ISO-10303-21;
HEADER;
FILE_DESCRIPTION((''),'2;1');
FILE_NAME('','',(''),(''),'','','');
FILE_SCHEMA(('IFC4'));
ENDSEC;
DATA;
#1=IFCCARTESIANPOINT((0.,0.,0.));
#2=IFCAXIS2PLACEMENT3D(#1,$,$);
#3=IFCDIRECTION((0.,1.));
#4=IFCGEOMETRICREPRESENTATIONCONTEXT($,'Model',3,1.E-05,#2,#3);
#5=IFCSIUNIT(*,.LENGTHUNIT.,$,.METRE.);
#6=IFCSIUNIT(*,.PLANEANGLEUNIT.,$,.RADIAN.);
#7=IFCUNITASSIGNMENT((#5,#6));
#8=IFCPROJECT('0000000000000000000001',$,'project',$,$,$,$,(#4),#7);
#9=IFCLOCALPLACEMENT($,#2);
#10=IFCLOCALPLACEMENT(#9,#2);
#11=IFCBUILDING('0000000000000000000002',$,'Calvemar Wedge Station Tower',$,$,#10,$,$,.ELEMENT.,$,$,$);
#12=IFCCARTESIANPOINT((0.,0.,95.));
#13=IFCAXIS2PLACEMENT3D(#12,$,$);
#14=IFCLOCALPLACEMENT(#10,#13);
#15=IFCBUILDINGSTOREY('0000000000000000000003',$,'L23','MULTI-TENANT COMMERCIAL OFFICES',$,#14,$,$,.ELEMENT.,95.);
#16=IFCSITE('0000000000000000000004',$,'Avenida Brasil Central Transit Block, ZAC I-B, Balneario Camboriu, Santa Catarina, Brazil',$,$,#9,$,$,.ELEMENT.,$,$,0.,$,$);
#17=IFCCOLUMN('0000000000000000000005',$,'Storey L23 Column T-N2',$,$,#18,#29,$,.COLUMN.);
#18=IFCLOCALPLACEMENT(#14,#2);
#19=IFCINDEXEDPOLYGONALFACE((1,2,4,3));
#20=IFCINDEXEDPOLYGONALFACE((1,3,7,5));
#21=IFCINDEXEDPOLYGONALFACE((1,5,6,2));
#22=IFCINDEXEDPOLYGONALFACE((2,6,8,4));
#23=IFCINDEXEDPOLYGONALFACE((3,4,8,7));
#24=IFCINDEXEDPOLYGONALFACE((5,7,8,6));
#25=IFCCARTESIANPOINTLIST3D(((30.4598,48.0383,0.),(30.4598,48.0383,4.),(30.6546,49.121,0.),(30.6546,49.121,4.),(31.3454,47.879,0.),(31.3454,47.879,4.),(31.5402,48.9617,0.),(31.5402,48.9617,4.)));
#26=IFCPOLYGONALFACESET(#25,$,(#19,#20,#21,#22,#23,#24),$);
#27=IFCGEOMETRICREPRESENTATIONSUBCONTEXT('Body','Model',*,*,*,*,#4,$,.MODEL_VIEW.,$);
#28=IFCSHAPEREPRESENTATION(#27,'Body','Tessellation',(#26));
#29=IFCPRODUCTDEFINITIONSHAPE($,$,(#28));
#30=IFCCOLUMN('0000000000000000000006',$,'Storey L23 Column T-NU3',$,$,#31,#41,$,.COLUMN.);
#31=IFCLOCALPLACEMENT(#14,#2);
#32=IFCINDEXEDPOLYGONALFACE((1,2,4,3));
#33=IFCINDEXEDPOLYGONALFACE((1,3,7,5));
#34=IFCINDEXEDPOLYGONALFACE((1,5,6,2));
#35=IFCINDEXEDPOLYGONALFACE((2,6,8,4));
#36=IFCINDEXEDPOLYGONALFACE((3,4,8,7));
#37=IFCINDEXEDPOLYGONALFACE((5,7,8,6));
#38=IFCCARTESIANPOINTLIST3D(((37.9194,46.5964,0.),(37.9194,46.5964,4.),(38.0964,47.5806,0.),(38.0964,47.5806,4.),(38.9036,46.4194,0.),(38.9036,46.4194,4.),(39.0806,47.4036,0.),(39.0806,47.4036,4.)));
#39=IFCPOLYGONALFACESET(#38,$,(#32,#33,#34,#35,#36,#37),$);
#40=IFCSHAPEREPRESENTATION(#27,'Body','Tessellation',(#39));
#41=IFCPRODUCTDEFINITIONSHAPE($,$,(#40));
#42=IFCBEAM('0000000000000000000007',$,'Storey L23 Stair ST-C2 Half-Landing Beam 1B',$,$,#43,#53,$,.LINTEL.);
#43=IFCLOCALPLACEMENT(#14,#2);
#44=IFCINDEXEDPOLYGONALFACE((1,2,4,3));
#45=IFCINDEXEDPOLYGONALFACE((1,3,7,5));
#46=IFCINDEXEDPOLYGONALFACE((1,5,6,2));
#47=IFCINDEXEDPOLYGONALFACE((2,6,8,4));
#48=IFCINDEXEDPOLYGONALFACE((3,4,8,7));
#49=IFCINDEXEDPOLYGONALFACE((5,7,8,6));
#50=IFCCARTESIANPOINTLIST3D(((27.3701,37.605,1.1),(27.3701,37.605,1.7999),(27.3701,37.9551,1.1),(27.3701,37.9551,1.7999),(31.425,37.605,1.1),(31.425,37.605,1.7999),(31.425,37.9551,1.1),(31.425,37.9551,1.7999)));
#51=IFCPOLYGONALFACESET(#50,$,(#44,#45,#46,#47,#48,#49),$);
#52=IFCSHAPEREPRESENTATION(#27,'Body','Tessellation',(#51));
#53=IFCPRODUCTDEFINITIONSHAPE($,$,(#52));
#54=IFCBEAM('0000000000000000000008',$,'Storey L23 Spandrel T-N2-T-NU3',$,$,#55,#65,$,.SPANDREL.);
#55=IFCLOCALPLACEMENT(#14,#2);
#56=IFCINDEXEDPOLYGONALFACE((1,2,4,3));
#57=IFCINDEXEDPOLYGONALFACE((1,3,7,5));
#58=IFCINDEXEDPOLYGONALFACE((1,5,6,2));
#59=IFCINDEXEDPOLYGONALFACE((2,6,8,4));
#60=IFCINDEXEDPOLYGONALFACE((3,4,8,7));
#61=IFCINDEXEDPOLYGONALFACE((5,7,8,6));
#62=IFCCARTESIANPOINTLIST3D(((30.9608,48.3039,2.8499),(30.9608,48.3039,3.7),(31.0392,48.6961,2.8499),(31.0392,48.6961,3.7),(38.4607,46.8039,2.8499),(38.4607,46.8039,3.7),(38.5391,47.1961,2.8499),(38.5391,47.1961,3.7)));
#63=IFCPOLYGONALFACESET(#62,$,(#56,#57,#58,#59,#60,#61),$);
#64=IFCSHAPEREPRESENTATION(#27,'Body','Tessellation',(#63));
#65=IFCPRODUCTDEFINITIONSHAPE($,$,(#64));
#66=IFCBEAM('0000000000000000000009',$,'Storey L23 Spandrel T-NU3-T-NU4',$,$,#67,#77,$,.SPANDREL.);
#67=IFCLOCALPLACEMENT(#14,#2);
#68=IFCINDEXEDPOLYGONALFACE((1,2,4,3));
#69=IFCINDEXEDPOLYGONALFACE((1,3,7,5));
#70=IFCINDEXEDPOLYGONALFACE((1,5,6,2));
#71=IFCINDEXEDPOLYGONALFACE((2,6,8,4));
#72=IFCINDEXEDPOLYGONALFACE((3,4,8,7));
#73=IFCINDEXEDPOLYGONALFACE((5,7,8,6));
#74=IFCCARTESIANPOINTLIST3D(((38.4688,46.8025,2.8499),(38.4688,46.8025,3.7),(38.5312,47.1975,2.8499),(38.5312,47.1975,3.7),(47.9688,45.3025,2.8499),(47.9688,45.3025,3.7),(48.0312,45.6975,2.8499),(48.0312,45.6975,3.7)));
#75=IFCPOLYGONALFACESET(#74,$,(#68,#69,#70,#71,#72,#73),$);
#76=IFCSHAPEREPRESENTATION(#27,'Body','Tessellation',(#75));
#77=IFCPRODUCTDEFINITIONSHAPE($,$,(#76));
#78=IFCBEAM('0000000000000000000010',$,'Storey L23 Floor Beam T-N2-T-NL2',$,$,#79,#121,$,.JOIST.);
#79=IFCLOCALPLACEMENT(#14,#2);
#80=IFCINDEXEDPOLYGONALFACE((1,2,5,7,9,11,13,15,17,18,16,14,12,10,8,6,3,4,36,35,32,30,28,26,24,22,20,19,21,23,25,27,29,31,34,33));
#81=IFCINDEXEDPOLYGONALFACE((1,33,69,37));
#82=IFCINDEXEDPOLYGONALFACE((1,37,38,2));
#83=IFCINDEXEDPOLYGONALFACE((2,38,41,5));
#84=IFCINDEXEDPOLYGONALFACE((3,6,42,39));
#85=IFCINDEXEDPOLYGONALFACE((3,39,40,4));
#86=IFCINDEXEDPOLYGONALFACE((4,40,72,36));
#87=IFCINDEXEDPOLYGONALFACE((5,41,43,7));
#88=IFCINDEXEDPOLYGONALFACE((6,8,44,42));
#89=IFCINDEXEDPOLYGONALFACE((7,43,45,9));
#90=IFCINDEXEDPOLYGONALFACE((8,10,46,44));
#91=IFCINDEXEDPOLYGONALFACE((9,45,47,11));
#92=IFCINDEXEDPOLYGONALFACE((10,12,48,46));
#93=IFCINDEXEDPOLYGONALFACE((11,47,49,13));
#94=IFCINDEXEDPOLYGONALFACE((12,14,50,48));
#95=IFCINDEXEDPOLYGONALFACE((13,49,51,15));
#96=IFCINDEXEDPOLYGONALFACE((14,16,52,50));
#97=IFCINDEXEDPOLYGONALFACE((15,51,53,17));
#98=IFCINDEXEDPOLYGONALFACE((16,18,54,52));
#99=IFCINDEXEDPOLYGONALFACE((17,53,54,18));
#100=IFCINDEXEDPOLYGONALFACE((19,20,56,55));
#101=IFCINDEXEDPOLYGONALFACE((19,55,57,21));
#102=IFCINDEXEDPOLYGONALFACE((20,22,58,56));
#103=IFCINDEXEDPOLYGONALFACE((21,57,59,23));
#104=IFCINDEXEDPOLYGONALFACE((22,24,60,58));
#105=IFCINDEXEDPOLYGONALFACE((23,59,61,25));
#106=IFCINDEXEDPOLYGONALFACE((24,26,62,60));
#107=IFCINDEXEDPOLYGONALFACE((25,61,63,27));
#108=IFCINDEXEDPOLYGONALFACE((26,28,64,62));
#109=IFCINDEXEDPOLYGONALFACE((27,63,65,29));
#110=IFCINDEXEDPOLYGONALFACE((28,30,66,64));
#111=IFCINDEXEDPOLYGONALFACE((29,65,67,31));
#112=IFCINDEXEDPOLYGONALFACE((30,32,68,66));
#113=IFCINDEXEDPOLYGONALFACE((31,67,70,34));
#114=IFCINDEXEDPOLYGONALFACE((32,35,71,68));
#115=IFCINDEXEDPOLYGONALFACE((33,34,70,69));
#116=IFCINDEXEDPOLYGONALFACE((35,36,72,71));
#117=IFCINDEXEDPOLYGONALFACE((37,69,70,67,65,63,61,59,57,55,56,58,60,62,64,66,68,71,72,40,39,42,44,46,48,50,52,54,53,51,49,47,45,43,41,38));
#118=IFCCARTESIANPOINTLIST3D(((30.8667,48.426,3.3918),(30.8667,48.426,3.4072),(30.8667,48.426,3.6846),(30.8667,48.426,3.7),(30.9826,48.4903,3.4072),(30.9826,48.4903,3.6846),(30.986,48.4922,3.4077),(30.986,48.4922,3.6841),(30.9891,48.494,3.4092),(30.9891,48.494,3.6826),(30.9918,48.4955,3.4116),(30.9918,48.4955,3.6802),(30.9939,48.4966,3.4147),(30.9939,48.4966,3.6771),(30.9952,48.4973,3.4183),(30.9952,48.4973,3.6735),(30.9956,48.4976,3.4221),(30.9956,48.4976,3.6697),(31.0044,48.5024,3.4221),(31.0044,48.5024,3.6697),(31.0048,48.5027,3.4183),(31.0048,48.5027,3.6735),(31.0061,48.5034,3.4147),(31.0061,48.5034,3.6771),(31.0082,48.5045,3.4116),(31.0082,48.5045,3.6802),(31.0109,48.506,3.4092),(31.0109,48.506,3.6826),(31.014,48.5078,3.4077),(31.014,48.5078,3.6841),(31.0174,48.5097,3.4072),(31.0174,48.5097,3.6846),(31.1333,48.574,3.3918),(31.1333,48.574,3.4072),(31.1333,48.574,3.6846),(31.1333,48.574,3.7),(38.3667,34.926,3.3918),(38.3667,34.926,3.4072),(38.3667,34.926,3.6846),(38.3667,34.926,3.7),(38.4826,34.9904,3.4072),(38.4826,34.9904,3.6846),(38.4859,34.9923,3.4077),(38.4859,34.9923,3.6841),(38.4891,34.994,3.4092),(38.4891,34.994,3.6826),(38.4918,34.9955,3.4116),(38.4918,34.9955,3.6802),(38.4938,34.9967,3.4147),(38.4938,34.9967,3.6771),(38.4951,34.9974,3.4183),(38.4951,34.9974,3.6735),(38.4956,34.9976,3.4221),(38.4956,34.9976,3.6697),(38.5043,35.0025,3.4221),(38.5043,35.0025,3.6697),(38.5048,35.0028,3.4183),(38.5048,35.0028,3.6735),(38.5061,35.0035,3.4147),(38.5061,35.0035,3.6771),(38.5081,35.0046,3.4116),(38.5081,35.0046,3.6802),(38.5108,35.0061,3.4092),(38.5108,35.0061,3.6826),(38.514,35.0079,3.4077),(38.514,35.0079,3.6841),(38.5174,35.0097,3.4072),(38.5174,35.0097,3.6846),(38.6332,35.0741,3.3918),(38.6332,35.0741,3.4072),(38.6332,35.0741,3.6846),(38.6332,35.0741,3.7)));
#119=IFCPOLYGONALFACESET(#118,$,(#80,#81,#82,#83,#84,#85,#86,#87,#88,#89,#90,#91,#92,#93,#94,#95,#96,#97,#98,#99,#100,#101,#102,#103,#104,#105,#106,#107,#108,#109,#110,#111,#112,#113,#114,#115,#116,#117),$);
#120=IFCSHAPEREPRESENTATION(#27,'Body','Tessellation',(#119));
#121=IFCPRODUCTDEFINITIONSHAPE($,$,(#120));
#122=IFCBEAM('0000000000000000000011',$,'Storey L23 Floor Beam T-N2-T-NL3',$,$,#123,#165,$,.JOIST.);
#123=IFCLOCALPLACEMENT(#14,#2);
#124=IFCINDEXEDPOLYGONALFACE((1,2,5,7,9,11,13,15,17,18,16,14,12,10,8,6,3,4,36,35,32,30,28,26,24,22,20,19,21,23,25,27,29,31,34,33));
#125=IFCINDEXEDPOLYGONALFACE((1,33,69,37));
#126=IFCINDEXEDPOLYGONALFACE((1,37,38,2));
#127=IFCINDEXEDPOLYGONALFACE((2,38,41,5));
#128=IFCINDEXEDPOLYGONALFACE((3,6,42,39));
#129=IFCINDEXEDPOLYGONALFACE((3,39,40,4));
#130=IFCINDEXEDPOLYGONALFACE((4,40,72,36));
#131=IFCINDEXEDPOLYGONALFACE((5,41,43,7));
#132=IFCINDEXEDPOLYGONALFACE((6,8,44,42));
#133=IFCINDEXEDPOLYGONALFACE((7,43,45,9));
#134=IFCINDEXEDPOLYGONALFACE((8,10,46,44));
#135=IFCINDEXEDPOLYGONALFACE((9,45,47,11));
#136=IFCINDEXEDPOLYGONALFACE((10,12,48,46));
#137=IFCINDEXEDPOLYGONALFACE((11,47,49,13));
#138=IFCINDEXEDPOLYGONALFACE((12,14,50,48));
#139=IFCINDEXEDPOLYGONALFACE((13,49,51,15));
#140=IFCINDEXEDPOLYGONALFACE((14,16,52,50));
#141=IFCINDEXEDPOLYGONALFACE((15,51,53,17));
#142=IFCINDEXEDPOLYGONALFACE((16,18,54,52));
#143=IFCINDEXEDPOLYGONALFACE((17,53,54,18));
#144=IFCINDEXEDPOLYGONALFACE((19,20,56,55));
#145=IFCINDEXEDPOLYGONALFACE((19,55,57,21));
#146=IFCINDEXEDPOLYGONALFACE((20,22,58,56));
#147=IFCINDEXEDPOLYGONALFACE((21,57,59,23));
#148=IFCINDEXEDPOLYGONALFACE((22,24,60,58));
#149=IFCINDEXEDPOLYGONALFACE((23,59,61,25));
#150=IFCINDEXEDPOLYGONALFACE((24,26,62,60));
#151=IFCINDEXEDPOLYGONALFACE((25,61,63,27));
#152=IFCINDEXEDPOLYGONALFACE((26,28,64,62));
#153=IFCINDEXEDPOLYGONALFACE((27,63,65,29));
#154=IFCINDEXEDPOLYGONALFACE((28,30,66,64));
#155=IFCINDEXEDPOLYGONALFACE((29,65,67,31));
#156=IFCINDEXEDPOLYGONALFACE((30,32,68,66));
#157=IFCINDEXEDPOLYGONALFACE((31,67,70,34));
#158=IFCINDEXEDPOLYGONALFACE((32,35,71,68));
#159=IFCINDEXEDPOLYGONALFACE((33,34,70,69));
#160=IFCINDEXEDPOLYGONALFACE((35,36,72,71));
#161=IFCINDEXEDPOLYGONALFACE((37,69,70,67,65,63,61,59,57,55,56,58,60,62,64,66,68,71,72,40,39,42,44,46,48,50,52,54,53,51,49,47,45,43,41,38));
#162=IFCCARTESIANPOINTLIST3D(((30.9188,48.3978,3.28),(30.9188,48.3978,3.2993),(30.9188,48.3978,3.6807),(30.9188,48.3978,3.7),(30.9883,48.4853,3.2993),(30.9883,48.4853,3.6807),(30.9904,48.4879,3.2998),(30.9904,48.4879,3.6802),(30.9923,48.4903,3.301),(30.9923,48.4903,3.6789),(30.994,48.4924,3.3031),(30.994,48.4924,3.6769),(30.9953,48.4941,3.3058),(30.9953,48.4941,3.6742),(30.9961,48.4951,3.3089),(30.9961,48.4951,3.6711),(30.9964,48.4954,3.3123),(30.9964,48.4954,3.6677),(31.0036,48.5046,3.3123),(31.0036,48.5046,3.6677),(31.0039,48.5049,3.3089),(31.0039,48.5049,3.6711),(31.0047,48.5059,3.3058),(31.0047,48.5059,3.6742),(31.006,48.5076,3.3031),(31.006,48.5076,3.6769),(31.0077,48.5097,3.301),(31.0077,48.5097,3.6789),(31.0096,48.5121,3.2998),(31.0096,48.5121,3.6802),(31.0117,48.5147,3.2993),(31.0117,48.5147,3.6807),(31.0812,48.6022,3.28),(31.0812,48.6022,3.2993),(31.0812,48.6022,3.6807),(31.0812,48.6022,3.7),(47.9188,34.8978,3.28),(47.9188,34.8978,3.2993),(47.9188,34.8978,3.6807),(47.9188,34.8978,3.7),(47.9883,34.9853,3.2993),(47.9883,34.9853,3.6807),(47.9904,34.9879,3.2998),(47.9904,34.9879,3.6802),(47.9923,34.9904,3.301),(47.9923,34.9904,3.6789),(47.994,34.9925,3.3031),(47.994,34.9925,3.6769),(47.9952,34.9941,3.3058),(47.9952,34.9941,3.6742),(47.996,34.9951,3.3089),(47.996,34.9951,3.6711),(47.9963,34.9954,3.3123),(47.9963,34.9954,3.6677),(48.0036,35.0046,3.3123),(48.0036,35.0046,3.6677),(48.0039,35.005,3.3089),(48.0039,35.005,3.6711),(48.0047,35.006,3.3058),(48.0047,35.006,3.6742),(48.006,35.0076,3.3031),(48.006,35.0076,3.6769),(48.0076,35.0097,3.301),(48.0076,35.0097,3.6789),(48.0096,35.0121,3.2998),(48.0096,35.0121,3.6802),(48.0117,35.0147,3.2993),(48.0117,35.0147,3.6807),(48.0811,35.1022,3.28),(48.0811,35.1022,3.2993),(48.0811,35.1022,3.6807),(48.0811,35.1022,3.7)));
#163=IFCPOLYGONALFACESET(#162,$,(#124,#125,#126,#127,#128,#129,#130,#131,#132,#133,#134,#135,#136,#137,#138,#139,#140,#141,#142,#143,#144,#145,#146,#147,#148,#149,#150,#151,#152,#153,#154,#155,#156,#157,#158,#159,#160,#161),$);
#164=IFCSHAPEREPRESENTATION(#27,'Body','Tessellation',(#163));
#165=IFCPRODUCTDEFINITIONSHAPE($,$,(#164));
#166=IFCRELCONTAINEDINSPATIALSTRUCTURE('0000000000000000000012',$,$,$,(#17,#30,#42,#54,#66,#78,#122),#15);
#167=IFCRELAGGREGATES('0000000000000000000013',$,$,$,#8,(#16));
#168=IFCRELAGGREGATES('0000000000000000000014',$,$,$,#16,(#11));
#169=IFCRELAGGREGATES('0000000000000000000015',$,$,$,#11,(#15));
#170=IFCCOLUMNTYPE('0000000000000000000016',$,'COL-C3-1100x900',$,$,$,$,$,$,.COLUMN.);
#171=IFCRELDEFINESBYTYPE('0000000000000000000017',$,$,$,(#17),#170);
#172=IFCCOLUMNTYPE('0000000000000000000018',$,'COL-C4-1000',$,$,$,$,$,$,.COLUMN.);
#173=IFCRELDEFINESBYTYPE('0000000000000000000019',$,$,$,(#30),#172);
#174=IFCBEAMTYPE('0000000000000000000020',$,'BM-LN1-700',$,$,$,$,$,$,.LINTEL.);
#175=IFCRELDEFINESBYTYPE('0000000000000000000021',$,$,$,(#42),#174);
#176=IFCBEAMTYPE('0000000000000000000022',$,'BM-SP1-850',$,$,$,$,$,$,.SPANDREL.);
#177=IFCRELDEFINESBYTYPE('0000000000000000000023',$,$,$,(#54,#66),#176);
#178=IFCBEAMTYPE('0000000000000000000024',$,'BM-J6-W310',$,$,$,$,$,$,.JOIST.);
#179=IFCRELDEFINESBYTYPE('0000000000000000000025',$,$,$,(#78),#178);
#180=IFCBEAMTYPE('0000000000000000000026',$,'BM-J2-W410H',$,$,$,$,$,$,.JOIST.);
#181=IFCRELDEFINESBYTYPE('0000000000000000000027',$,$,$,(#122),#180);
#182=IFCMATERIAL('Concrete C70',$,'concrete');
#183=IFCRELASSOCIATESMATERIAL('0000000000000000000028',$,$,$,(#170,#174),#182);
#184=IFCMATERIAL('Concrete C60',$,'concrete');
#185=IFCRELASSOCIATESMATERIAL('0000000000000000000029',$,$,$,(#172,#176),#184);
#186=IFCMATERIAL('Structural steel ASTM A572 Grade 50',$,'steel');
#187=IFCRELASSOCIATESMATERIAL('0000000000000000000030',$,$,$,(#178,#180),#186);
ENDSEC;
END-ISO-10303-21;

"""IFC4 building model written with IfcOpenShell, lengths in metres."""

from ifc_helpers import new_model, si_unit, direction, frame, origin, origin_2d, place, context, subcontext, project, spatial, rectangle, i_section, extrude, source, transform, mapped, material, material_profile, profile_set, type_object, element, save


model = new_model("IFC4")

# Units and contexts
model_context = context("Model", 3, precision=1e-05, world=origin(), true_north=direction((0.0, 1.0)))
body_context = subcontext(model_context, "Body", "Model", "MODEL_VIEW")
ifc_project = project(units=[si_unit("LENGTHUNIT", "METRE"), si_unit("PLANEANGLEUNIT", "RADIAN")], contexts=[model_context])

# Site, building, storey
site_placement = place(None, origin())
site = spatial("IfcSite", under=ifc_project, at=site_placement, Name="Avenida Brasil Central Transit Block, ZAC I-B, Balneario Camboriu, Santa Catarina, Brazil", CompositionType="ELEMENT", RefElevation=0.0)
building_placement = place(site_placement, origin())
building = spatial("IfcBuilding", under=site, at=building_placement, Name="Calvemar Wedge Station Tower", CompositionType="ELEMENT")
storey_placement = place(building_placement, frame((0.0, 0.0, 95.0)))
storey = spatial("IfcBuildingStorey", under=building, at=storey_placement, Name="L23", Description="MULTI-TENANT COMMERCIAL OFFICES", CompositionType="ELEMENT", Elevation=95.0)

# Columns
ifc_material_1 = material(Name="Concrete C70", Category="concrete")
ifc_material_profile_1 = material_profile(ifc_material_1, rectangle(XDim=0.8999, YDim=1.1001, at=origin_2d()), Name="RC1100x900")
ifc_profile_set_1 = profile_set([ifc_material_profile_1], Name="Concrete C70")
column_type_1 = type_object("IfcColumnType", Name="COL-C3-1100x900", PredefinedType="COLUMN", material=ifc_profile_set_1)
shared_shape_1 = source(origin(), body_context, "Body", "SweptSolid", [
    extrude(rectangle(XDim=0.8999, YDim=1.1001, at=origin_2d()), origin(), (0.0, 0.0, 1.0), 4.0),
])
column_1_placement = place(storey_placement, frame((31.0, 48.5, 0.0), z_axis=(0.0, 0.0, 1.0), x_axis=(0.984196, -0.177085, 0.0)))
element("IfcColumn", 1, at=column_1_placement, inside=storey, type_object=column_type_1, Name="Storey L23 Column T-N2", PredefinedType="COLUMN", context=body_context, shape_type="MappedRepresentation", body=[
    mapped(shared_shape_1, transform((0.0, 0.0, 0.0), scale=1.0)),
])
ifc_material_2 = material(Name="Concrete C60", Category="concrete")
ifc_material_profile_2 = material_profile(ifc_material_2, rectangle(XDim=1.0, YDim=1.0, at=origin_2d()), Name="RC1000x1000")
ifc_profile_set_2 = profile_set([ifc_material_profile_2], Name="Concrete C60")
column_type_2 = type_object("IfcColumnType", Name="COL-C4-1000", PredefinedType="COLUMN", material=ifc_profile_set_2)
shared_shape_2 = source(origin(), body_context, "Body", "SweptSolid", [
    extrude(rectangle(XDim=1.0, YDim=1.0, at=origin_2d()), origin(), (0.0, 0.0, 1.0), 4.0),
])
column_2_placement = place(storey_placement, frame((38.5, 47.0, 0.0), z_axis=(0.0, 0.0, 1.0), x_axis=(0.984196, -0.177085, 0.0)))
element("IfcColumn", 2, at=column_2_placement, inside=storey, type_object=column_type_2, Name="Storey L23 Column T-NU3", PredefinedType="COLUMN", context=body_context, shape_type="MappedRepresentation", body=[
    mapped(shared_shape_2, transform((0.0, 0.0, 0.0), scale=1.0)),
])

# Beams
ifc_material_profile_3 = material_profile(ifc_material_1, rectangle(XDim=0.3501, YDim=0.7, at=origin_2d()), Name="RC350x700")
ifc_profile_set_3 = profile_set([ifc_material_profile_3], Name="Concrete C70")
beam_type_1 = type_object("IfcBeamType", Name="BM-LN1-700", PredefinedType="LINTEL", material=ifc_profile_set_3)
shared_shape_3 = source(origin(), body_context, "Body", "SweptSolid", [
    extrude(rectangle(XDim=0.3501, YDim=0.7, at=origin_2d()), origin(), (0.0, 0.0, 1.0), 4.0549),
])
beam_1_placement = place(storey_placement, frame((27.3701, 37.78, 1.45), z_axis=(1.0, 0.0, 0.0), x_axis=(0.0, 1.0, 0.0)))
element("IfcBeam", 3, at=beam_1_placement, inside=storey, type_object=beam_type_1, Name="Storey L23 Stair ST-C2 Half-Landing Beam 1B", PredefinedType="LINTEL", context=body_context, shape_type="MappedRepresentation", body=[
    mapped(shared_shape_3, transform((0.0, 0.0, 0.0), scale=1.0)),
])
ifc_material_profile_4 = material_profile(ifc_material_2, rectangle(XDim=0.3999, YDim=0.8501, at=origin_2d()), Name="RC400x850")
ifc_profile_set_4 = profile_set([ifc_material_profile_4], Name="Concrete C60")
beam_type_2 = type_object("IfcBeamType", Name="BM-SP1-850", PredefinedType="SPANDREL", material=ifc_profile_set_4)
shared_shape_4 = source(origin(), body_context, "Body", "SweptSolid", [
    extrude(rectangle(XDim=0.3999, YDim=0.8501, at=origin_2d()), origin(), (0.0, 0.0, 1.0), 7.6484),
])
beam_2_placement = place(storey_placement, frame((31.0, 48.5, 3.2749), z_axis=(0.980581, -0.196116, 0.0), x_axis=(0.196116, 0.980581, 0.0)))
element("IfcBeam", 4, at=beam_2_placement, inside=storey, type_object=beam_type_2, Name="Storey L23 Spandrel T-N2-T-NU3", PredefinedType="SPANDREL", context=body_context, shape_type="MappedRepresentation", body=[
    mapped(shared_shape_4, transform((0.0, 0.0, 0.0), scale=1.0)),
])
shared_shape_5 = source(origin(), body_context, "Body", "SweptSolid", [
    extrude(rectangle(XDim=0.3999, YDim=0.8501, at=origin_2d()), origin(), (0.0, 0.0, 1.0), 9.6177),
])
beam_3_placement = place(storey_placement, frame((38.5, 47.0, 3.2749), z_axis=(0.987763, -0.155963, 0.0), x_axis=(0.155963, 0.987763, 0.0)))
element("IfcBeam", 5, at=beam_3_placement, inside=storey, type_object=beam_type_2, Name="Storey L23 Spandrel T-NU3-T-NU4", PredefinedType="SPANDREL", context=body_context, shape_type="MappedRepresentation", body=[
    mapped(shared_shape_5, transform((0.0, 0.0, 0.0), scale=1.0)),
])
ifc_material_3 = material(Name="Structural steel ASTM A572 Grade 50", Category="steel")
ifc_material_profile_5 = material_profile(ifc_material_3, i_section(OverallWidth=0.3049, OverallDepth=0.3081, WebThickness=0.01, FlangeThickness=0.0154, FilletRadius=0.0149, at=origin_2d()), Name="W310x97")
ifc_profile_set_5 = profile_set([ifc_material_profile_5], Name="Structural steel ASTM A572 Grade 50")
beam_type_3 = type_object("IfcBeamType", Name="BM-J6-W310", PredefinedType="JOIST", material=ifc_profile_set_5)
shared_shape_6 = source(origin(), body_context, "Body", "SweptSolid", [
    extrude(i_section(OverallWidth=0.3049, OverallDepth=0.3081, WebThickness=0.01, FlangeThickness=0.0154, FilletRadius=0.0149, at=origin_2d()), origin(), (0.0, 0.0, 1.0), 15.4434),
])
beam_4_placement = place(storey_placement, frame((31.0, 48.5, 3.5459), z_axis=(0.485643, -0.874157, 0.0), x_axis=(0.874157, 0.485643, 0.0)))
element("IfcBeam", 6, at=beam_4_placement, inside=storey, type_object=beam_type_3, Name="Storey L23 Floor Beam T-N2-T-NL2", PredefinedType="JOIST", context=body_context, shape_type="MappedRepresentation", body=[
    mapped(shared_shape_6, transform((0.0, 0.0, 0.0), scale=1.0)),
])
ifc_material_profile_6 = material_profile(ifc_material_3, i_section(OverallWidth=0.261, OverallDepth=0.4199, WebThickness=0.0117, FlangeThickness=0.0193, FilletRadius=0.0129, at=origin_2d()), Name="W410x114")
ifc_profile_set_6 = profile_set([ifc_material_profile_6], Name="Structural steel ASTM A572 Grade 50")
beam_type_4 = type_object("IfcBeamType", Name="BM-J2-W410H", PredefinedType="JOIST", material=ifc_profile_set_6)
shared_shape_7 = source(origin(), body_context, "Body", "SweptSolid", [
    extrude(i_section(OverallWidth=0.261, OverallDepth=0.4199, WebThickness=0.0117, FlangeThickness=0.0193, FilletRadius=0.0129, at=origin_2d()), origin(), (0.0, 0.0, 1.0), 21.7083),
])
beam_5_placement = place(storey_placement, frame((31.0, 48.5, 3.49), z_axis=(0.783111, -0.621882, 0.0), x_axis=(0.621882, 0.783111, 0.0)))
element("IfcBeam", 7, at=beam_5_placement, inside=storey, type_object=beam_type_4, Name="Storey L23 Floor Beam T-N2-T-NL3", PredefinedType="JOIST", context=body_context, shape_type="MappedRepresentation", body=[
    mapped(shared_shape_7, transform((0.0, 0.0, 0.0), scale=1.0)),
])

save(model, "model.ifc")
